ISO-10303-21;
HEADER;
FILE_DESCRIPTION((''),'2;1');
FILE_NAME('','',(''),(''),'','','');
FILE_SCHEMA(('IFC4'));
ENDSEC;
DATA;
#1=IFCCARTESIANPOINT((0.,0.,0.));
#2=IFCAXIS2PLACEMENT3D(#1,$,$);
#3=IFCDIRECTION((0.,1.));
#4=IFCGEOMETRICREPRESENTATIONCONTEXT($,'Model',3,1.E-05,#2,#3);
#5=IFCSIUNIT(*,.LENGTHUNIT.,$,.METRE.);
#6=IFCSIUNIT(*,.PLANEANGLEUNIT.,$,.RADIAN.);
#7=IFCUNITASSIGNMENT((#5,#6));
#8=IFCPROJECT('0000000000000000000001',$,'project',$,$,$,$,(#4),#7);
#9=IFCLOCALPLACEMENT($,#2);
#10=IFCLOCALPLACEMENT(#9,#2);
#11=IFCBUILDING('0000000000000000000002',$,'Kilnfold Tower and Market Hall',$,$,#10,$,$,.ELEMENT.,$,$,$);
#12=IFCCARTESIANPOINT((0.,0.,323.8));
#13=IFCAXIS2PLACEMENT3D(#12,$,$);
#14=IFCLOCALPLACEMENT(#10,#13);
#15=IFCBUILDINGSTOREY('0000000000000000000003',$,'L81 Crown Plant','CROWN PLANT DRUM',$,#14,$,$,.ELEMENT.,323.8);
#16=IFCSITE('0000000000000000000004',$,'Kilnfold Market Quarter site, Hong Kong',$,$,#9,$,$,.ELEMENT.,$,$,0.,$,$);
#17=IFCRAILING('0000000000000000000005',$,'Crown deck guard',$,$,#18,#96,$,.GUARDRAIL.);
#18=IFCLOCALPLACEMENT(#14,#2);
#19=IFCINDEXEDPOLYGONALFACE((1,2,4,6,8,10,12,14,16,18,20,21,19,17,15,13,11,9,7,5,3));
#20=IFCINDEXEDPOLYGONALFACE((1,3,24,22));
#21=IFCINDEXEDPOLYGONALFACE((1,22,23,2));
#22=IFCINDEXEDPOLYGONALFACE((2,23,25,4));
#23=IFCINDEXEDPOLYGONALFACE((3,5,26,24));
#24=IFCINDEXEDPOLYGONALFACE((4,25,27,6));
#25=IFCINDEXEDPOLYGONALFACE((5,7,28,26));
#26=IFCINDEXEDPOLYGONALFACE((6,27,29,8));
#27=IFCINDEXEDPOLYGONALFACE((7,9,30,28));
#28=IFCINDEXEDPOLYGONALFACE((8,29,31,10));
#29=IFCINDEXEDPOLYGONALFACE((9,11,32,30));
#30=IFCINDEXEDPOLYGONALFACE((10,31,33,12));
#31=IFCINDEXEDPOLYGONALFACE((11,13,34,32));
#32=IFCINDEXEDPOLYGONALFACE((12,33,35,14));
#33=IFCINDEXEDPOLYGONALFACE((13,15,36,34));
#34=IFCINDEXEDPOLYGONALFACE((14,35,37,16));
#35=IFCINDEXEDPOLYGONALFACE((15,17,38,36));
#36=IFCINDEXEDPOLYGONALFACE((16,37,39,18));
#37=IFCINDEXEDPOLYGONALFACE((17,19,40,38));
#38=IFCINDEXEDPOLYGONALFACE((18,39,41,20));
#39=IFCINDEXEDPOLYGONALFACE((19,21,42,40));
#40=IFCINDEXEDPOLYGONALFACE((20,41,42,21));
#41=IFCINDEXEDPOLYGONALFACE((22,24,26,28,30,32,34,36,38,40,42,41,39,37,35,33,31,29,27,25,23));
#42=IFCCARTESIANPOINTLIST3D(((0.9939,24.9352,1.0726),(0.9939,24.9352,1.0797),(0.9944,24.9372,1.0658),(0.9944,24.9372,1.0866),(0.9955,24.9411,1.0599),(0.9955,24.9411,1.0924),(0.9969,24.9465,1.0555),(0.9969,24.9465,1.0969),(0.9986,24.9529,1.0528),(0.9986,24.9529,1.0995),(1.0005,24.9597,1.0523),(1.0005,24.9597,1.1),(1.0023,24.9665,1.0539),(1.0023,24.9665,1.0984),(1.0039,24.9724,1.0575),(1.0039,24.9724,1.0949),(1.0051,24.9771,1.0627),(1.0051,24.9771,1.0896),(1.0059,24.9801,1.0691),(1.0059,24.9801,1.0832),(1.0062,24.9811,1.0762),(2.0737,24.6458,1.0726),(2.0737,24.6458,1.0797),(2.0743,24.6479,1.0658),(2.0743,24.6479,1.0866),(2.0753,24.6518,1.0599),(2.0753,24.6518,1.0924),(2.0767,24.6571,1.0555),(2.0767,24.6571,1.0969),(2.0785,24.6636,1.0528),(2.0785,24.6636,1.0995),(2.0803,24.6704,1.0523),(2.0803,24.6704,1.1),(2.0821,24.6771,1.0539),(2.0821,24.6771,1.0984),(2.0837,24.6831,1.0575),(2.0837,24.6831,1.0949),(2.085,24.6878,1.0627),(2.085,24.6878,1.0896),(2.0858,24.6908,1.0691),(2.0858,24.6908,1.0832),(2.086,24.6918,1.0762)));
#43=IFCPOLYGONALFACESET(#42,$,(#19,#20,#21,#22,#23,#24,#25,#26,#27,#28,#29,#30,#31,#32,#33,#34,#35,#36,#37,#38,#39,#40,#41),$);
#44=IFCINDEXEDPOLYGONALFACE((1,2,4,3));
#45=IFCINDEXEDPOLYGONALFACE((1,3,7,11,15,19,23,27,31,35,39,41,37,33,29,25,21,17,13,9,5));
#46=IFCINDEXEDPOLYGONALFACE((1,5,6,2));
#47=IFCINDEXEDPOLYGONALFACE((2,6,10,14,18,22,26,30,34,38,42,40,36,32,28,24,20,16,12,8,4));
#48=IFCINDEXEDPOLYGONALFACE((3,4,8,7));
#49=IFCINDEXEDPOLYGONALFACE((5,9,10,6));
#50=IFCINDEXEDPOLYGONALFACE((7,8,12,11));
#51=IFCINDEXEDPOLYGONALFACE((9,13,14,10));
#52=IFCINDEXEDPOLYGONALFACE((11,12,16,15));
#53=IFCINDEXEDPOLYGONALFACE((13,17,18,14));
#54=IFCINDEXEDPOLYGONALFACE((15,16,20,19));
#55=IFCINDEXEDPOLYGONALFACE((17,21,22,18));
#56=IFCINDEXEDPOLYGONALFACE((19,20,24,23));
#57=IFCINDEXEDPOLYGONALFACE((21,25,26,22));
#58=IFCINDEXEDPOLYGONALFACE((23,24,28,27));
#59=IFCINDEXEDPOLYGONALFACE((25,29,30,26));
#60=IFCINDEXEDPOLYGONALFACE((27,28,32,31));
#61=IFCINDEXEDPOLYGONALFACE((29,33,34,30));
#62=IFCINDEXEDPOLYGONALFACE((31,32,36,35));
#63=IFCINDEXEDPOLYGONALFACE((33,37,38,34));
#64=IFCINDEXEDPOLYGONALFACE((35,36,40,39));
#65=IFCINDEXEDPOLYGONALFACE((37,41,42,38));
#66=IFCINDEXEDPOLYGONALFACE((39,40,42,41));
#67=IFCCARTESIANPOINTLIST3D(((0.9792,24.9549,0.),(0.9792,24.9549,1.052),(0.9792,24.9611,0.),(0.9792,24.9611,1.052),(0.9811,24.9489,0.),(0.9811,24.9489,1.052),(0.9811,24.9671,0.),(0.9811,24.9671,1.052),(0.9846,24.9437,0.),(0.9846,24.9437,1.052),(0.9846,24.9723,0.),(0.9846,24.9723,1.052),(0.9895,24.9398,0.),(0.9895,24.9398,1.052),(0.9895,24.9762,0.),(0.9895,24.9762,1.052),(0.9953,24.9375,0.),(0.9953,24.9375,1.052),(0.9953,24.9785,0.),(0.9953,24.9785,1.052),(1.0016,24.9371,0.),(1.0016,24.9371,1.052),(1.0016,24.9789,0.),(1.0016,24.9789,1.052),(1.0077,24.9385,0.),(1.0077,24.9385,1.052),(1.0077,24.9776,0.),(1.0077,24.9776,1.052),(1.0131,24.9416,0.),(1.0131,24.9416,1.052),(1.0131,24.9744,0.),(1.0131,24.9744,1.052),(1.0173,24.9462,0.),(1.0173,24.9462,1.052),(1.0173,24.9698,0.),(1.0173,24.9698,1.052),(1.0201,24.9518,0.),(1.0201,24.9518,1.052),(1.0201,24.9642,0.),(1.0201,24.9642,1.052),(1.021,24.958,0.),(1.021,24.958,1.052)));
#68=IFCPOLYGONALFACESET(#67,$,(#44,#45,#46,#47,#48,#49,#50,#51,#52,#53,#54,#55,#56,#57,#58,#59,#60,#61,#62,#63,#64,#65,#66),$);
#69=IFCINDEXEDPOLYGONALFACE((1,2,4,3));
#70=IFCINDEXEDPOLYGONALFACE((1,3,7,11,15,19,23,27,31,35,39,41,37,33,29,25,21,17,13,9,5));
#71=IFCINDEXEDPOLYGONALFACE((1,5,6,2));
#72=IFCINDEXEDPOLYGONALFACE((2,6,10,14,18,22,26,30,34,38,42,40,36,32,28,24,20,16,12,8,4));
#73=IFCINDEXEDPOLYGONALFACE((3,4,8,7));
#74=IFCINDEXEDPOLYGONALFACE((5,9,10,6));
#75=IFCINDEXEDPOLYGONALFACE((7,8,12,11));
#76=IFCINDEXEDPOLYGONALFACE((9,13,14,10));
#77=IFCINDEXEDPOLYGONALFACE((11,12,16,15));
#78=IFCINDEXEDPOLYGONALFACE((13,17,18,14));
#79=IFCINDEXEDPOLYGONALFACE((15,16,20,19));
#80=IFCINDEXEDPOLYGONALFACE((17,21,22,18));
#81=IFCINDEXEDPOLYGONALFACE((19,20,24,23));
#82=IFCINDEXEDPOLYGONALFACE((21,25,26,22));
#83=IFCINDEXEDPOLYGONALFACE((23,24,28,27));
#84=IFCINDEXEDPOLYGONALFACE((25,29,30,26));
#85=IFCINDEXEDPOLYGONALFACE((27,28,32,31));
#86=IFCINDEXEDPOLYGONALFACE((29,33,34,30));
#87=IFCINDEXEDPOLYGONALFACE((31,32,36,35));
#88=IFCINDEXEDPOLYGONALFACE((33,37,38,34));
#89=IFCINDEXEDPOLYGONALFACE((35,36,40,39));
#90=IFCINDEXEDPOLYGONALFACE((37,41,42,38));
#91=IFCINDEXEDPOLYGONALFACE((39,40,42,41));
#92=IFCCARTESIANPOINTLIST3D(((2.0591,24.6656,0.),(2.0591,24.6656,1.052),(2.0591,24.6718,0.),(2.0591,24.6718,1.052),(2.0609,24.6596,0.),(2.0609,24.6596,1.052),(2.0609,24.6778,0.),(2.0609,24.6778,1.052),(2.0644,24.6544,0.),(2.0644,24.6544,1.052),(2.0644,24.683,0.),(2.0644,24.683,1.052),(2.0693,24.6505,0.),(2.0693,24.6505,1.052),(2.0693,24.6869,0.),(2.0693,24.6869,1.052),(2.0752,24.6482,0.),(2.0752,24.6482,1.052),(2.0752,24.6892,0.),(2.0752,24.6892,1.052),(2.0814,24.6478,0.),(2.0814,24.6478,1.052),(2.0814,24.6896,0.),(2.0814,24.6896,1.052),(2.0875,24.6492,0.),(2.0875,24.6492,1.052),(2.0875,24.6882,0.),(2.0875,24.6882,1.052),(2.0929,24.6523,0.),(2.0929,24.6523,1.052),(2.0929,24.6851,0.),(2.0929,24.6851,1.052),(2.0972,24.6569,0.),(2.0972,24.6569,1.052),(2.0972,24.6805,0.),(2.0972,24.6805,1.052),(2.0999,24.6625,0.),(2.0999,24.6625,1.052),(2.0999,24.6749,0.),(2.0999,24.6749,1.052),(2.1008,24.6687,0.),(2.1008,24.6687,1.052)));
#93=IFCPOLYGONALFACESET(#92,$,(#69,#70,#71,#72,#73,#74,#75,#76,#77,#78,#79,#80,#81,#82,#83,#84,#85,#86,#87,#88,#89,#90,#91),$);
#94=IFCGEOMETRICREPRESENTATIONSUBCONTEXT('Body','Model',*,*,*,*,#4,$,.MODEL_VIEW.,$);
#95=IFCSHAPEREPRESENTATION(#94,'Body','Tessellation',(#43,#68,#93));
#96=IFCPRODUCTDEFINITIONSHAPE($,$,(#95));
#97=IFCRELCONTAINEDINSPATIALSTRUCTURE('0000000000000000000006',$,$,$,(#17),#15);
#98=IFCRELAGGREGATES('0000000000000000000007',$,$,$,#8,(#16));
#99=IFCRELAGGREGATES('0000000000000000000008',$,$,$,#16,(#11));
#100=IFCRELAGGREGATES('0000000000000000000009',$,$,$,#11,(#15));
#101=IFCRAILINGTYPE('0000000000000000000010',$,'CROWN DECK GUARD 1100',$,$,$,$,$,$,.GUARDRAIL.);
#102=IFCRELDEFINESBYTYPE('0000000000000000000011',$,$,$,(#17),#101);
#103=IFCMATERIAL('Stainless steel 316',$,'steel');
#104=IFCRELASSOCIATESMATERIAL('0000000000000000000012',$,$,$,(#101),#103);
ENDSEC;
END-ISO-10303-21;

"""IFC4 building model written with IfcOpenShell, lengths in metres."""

from ifc_helpers import new_model, si_unit, direction, frame, origin, origin_2d, place, context, subcontext, project, spatial, circle, extrude, material, type_object, element, save


model = new_model("IFC4")

# Units and contexts
model_context = context("Model", 3, precision=1e-05, world=origin(), true_north=direction((0.0, 1.0)))
body_context = subcontext(model_context, "Body", "Model", "MODEL_VIEW")
ifc_project = project(units=[si_unit("LENGTHUNIT", "METRE"), si_unit("PLANEANGLEUNIT", "RADIAN")], contexts=[model_context])

# Site, building, storey
site_placement = place(None, origin())
site = spatial("IfcSite", under=ifc_project, at=site_placement, Name="Kilnfold Market Quarter site, Hong Kong", CompositionType="ELEMENT", RefElevation=0.0)
building_placement = place(site_placement, origin())
building = spatial("IfcBuilding", under=site, at=building_placement, Name="Kilnfold Tower and Market Hall", CompositionType="ELEMENT")
storey_placement = place(building_placement, frame((0.0, 0.0, 323.8)))
storey = spatial("IfcBuildingStorey", under=building, at=storey_placement, Name="L81 Crown Plant", Description="CROWN PLANT DRUM", CompositionType="ELEMENT", Elevation=323.8)

# Railing
ifc_material_1 = material(Name="Stainless steel 316", Category="steel")
railing_type = type_object("IfcRailingType", Name="CROWN DECK GUARD 1100", PredefinedType="GUARDRAIL", material=ifc_material_1)
railing_1_placement = place(storey_placement, frame((1.0, 24.958, 0.0)))
element("IfcRailing", 1, at=railing_1_placement, inside=storey, type_object=railing_type, Name="Crown deck guard", PredefinedType="GUARDRAIL", context=body_context, shape_type="SweptSolid", body=[
    extrude(circle(Radius=0.0239, at=origin_2d()), frame((0.0, 0.0, 1.0762), z_axis=(0.965933, -0.258791, 0.0), x_axis=(0.258791, 0.965933, 0.0)), (0.0, 0.0, 1.0), 1.1179),
    extrude(circle(Radius=0.021, at=origin_2d()), origin(), (0.0, 0.0, 1.0), 1.052),
    extrude(circle(Radius=0.021, at=origin_2d()), frame((1.0798, -0.2893, 0.0)), (0.0, 0.0, 1.0), 1.052),
])

save(model, "model.ifc")
